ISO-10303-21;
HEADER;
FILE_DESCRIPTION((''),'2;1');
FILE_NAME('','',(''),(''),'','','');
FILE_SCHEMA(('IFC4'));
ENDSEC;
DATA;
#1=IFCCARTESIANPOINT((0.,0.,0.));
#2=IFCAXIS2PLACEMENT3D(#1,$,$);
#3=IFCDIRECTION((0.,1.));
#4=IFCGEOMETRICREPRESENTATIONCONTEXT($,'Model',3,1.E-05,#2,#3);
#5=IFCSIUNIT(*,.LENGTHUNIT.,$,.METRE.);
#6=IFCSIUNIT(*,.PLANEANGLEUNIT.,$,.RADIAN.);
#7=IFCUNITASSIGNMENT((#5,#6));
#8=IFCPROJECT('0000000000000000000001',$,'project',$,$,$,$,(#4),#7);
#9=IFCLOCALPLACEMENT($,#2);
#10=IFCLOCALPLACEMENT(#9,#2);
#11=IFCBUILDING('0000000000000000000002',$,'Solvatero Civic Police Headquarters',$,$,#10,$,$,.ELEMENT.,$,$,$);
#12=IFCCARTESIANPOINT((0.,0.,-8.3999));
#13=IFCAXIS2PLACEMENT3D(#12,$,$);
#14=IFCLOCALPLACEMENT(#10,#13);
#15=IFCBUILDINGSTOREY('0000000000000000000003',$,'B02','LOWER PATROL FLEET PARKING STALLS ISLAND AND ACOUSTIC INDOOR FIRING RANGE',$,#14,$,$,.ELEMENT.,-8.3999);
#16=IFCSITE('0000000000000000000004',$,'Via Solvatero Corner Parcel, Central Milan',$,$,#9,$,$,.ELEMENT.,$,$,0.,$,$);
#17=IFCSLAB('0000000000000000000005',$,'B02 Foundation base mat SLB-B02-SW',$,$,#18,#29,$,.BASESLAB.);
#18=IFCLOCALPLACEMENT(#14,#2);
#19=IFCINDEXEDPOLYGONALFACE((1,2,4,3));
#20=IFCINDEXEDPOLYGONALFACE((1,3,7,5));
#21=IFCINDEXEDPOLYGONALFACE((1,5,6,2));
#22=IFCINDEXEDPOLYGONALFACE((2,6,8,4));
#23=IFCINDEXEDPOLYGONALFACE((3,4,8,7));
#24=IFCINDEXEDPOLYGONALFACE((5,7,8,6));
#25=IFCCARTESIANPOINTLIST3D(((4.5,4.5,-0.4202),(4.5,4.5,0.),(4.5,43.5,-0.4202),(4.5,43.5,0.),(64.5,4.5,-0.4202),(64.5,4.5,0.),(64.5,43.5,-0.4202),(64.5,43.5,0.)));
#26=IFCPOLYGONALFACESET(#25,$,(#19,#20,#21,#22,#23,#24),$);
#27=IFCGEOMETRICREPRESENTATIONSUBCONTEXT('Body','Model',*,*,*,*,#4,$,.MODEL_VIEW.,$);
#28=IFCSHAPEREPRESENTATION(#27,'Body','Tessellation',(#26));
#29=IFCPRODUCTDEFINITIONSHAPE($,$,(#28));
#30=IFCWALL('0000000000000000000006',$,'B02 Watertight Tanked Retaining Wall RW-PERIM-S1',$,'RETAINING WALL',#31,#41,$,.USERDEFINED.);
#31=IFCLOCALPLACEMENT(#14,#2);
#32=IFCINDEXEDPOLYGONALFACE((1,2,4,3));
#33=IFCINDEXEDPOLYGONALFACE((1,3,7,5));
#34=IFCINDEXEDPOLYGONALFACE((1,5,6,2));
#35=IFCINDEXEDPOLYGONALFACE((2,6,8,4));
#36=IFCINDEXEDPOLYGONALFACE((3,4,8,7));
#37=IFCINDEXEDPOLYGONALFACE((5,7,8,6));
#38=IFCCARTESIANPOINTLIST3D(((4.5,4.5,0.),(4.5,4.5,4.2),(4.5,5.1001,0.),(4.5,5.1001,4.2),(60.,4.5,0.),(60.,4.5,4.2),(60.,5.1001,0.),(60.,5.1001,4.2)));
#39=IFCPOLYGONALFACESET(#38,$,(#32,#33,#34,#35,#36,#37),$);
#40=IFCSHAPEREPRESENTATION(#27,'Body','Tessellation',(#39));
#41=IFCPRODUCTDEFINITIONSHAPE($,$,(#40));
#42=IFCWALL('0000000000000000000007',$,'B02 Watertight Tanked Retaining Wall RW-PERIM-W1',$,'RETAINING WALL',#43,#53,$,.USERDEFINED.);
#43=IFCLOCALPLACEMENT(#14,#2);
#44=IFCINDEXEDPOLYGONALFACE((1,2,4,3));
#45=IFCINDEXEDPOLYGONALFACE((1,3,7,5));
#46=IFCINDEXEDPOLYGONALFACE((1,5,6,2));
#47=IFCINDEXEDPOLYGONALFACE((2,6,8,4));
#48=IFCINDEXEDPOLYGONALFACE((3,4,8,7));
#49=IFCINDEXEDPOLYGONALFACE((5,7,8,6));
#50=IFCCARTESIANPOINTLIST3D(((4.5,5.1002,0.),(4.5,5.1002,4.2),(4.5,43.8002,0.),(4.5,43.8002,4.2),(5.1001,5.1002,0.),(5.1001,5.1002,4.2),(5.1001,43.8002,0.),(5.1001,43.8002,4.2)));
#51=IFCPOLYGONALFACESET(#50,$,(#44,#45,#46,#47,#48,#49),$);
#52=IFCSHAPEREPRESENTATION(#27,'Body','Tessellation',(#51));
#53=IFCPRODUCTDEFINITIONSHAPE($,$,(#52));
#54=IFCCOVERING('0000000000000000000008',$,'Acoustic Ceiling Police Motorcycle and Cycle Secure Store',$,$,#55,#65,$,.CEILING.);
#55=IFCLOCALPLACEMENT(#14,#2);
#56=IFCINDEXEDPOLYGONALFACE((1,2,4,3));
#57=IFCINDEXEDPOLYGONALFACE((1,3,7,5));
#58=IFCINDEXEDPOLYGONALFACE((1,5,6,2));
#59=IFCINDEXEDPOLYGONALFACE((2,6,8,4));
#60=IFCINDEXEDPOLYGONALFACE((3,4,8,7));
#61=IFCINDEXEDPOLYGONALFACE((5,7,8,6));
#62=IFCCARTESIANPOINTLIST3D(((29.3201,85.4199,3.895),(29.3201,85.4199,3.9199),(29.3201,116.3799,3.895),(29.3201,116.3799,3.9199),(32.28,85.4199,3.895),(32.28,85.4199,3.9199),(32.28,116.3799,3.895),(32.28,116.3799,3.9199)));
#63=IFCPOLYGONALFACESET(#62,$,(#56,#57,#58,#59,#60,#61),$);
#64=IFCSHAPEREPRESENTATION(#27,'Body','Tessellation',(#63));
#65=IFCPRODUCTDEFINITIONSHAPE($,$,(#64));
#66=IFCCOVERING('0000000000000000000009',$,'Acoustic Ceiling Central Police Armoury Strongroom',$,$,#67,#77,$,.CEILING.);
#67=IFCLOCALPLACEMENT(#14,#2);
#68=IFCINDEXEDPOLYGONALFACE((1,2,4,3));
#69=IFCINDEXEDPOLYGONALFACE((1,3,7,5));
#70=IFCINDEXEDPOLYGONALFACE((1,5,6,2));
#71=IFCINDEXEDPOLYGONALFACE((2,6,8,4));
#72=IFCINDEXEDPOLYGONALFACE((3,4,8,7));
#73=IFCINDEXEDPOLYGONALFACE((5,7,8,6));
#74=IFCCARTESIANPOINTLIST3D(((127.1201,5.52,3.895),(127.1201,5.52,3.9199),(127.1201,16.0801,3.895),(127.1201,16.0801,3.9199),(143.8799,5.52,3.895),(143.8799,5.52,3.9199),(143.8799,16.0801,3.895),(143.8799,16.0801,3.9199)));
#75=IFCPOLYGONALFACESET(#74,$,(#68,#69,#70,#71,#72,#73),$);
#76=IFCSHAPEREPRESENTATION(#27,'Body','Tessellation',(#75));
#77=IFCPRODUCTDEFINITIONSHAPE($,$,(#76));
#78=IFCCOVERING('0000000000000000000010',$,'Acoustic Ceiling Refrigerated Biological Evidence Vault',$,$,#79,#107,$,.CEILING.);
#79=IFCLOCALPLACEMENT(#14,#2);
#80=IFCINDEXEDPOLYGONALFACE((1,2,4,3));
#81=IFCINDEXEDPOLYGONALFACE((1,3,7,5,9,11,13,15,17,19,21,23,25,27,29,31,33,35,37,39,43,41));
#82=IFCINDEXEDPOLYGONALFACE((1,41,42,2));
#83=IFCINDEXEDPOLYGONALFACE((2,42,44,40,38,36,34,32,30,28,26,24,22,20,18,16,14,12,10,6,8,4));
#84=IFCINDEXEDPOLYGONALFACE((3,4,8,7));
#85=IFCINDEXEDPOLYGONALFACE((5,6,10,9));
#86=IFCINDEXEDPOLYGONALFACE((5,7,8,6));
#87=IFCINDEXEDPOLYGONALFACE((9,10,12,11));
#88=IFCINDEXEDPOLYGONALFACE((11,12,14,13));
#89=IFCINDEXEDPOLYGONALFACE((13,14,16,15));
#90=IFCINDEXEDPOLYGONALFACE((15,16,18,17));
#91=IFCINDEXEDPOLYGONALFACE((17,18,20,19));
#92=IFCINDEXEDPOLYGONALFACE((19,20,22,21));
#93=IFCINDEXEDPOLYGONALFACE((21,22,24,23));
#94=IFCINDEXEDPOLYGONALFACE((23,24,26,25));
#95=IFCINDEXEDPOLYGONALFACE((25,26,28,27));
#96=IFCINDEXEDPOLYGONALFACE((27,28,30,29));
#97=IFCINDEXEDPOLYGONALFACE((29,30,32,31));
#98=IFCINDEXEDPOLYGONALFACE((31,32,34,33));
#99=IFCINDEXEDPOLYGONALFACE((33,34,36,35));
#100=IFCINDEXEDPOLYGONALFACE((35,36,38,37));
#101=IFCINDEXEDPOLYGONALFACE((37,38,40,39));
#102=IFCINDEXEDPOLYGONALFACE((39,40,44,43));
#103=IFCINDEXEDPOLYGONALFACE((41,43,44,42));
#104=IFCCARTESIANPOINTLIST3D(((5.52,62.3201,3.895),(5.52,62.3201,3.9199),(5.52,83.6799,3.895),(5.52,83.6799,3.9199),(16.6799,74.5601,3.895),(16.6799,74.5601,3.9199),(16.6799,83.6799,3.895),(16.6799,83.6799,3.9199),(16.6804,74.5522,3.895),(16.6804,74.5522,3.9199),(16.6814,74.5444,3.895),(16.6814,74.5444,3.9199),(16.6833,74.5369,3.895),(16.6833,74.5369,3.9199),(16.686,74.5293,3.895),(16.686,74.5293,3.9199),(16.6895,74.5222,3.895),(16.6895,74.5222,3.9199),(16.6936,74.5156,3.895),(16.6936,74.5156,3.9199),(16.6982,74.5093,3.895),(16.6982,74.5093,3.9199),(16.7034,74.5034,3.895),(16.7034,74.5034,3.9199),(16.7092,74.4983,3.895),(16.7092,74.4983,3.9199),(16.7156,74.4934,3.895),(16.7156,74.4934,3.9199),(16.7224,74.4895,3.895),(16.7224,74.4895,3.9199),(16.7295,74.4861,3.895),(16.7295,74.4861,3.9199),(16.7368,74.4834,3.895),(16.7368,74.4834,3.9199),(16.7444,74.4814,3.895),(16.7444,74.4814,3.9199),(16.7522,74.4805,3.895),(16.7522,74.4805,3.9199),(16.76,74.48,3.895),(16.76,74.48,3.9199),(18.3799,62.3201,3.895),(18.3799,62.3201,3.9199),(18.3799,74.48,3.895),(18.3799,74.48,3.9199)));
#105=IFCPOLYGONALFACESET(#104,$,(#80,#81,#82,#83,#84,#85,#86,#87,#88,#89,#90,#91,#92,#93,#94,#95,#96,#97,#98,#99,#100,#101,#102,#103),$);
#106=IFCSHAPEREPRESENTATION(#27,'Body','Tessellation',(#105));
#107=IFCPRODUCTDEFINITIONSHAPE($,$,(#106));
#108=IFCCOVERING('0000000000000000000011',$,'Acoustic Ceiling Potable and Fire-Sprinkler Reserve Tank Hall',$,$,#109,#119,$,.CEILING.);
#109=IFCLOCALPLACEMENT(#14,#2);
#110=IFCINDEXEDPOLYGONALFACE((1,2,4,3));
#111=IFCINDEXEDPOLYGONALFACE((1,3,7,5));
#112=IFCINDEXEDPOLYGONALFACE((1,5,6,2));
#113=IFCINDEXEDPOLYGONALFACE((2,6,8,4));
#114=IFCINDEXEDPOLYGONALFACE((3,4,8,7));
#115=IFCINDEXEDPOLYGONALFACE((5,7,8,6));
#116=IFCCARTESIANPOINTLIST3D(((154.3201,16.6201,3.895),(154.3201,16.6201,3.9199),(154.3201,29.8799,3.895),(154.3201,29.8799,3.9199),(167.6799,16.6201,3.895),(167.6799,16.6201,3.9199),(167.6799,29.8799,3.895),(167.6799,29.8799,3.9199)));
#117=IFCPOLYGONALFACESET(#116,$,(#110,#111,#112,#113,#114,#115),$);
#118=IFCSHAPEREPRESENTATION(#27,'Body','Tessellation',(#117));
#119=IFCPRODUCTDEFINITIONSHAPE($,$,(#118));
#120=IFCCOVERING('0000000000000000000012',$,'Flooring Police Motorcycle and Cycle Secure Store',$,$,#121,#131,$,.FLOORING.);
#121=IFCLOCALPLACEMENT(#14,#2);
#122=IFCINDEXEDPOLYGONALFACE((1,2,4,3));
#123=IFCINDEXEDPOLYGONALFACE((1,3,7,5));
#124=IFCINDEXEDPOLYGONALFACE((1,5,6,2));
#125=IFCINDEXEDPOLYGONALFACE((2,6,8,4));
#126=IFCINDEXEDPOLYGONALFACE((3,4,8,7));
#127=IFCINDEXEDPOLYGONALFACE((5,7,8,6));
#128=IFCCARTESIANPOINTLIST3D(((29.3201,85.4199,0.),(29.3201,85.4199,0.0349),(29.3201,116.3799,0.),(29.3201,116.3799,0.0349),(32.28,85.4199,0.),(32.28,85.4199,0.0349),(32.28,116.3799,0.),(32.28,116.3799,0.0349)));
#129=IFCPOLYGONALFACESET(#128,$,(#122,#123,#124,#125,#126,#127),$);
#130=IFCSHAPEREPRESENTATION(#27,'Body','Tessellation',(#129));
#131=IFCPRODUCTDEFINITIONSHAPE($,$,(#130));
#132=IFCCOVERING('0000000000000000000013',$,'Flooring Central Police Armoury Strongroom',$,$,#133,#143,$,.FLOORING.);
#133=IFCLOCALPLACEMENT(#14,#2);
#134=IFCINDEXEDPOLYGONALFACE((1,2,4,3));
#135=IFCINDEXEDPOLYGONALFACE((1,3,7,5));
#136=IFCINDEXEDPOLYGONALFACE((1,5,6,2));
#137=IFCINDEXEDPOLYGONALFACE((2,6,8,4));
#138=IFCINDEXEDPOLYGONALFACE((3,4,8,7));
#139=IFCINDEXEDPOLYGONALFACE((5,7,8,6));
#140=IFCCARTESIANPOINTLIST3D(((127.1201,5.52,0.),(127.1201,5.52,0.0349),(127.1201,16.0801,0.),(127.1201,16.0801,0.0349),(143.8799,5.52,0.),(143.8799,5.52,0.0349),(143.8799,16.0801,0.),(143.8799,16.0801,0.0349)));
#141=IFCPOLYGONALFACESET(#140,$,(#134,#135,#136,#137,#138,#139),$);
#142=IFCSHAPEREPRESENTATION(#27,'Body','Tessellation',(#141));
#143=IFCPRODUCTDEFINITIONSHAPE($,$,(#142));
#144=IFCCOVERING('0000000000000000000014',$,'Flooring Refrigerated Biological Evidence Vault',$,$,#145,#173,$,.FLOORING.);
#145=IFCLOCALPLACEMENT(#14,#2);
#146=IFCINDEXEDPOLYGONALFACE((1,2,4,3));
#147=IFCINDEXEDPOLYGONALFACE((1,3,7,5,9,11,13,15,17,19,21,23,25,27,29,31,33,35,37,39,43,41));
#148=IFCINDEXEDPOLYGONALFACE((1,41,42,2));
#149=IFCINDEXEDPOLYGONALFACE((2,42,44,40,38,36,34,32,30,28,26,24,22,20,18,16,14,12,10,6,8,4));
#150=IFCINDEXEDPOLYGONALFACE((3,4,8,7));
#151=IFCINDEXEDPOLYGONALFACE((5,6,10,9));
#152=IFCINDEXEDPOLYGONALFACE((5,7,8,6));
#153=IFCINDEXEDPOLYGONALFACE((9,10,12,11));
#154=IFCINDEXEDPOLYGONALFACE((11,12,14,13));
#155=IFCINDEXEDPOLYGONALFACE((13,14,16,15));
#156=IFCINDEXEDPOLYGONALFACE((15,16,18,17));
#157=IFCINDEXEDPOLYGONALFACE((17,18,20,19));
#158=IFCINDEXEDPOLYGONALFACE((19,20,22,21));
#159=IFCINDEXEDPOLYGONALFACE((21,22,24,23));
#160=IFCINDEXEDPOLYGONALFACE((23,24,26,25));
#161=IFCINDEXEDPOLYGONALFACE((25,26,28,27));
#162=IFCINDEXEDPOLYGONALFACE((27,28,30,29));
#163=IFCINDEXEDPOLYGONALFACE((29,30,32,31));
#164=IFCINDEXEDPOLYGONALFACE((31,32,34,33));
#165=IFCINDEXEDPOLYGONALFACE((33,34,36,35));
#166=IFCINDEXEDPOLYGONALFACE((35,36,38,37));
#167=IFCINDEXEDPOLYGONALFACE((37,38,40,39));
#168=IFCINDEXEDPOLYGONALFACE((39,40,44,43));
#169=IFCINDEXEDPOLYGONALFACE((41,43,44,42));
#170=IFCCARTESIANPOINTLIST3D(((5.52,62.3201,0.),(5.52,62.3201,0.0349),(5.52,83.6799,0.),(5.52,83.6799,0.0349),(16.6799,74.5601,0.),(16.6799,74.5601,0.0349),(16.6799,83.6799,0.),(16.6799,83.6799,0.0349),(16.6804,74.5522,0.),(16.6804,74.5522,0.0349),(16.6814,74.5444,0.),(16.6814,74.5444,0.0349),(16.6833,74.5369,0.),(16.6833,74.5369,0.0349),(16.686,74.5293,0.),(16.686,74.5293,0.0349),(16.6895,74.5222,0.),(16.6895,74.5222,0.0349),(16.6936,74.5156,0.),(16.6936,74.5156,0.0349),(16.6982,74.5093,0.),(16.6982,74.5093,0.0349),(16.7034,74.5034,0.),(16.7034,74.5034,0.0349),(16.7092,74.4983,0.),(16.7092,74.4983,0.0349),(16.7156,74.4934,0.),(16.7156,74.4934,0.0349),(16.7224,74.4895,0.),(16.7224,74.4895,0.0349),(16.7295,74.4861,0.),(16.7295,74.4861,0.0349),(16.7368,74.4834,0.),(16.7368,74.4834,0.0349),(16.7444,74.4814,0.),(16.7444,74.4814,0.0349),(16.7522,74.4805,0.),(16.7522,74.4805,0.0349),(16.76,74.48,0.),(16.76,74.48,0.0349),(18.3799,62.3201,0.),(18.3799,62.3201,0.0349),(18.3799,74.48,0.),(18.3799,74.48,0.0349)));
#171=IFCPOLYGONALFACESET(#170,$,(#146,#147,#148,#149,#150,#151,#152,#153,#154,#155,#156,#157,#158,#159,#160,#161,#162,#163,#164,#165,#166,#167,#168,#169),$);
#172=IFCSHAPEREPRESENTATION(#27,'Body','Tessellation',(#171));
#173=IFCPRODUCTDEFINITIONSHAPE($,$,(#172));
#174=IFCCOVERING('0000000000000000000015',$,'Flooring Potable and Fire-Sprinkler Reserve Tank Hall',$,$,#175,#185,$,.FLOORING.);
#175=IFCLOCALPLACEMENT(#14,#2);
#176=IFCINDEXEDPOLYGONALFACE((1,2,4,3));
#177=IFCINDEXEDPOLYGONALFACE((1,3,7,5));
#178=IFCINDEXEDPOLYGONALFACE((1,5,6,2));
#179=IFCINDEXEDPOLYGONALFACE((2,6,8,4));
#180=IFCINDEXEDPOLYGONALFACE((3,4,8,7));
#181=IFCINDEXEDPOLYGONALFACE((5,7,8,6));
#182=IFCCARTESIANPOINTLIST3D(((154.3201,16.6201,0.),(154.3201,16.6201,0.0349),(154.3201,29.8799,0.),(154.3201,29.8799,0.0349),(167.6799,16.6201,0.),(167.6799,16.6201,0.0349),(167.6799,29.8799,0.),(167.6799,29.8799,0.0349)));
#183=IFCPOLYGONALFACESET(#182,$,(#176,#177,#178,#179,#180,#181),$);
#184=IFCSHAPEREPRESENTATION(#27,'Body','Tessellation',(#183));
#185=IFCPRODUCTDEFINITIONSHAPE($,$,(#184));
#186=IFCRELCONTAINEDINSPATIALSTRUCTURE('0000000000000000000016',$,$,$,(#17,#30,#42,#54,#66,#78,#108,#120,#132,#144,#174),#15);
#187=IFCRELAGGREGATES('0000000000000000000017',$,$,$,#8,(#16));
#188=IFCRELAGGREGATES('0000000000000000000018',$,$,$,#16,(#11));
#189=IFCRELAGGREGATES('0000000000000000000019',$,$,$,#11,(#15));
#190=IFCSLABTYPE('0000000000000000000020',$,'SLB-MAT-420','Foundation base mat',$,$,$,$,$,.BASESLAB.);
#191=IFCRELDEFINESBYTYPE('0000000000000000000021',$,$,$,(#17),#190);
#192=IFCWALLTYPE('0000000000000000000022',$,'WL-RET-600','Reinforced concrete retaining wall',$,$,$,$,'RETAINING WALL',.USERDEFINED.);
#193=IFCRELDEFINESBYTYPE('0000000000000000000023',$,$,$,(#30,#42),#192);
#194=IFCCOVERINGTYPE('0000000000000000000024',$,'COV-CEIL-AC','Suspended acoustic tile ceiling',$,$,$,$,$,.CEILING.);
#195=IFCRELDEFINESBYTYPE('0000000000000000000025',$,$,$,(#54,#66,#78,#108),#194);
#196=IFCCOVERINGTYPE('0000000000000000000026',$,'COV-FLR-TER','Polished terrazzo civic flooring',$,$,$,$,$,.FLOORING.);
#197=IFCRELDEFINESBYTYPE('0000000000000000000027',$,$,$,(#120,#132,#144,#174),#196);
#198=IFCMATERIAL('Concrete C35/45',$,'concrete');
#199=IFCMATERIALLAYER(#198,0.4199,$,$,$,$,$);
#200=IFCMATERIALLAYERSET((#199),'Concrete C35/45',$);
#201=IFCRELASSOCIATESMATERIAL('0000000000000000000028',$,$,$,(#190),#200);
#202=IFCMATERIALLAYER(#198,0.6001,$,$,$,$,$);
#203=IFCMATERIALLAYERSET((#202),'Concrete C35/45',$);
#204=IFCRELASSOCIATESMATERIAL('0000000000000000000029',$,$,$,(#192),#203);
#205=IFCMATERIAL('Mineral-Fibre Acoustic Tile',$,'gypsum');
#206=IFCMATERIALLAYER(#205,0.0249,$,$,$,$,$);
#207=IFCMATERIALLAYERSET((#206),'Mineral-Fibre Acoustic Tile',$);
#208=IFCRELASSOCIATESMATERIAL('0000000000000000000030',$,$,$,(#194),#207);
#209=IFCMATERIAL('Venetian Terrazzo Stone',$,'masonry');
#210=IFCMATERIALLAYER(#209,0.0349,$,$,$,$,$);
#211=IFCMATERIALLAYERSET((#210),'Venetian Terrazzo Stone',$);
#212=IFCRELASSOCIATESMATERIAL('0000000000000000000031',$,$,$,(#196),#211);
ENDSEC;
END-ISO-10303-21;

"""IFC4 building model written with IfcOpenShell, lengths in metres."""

from ifc_helpers import new_model, si_unit, direction, frame, frame_2d, origin, place, context, subcontext, project, spatial, polyline, rectangle, outline, extrude, material, layer, layer_set, type_object, element, save


model = new_model("IFC4")

# Units and contexts
model_context = context("Model", 3, precision=1e-05, world=origin(), true_north=direction((0.0, 1.0)))
body_context = subcontext(model_context, "Body", "Model", "MODEL_VIEW")
ifc_project = project(units=[si_unit("LENGTHUNIT", "METRE"), si_unit("PLANEANGLEUNIT", "RADIAN")], contexts=[model_context])

# Site, building, storey
site_placement = place(None, origin())
site = spatial("IfcSite", under=ifc_project, at=site_placement, Name="Via Solvatero Corner Parcel, Central Milan", CompositionType="ELEMENT", RefElevation=0.0)
building_placement = place(site_placement, origin())
building = spatial("IfcBuilding", under=site, at=building_placement, Name="Solvatero Civic Police Headquarters", CompositionType="ELEMENT")
storey_placement = place(building_placement, frame((0.0, 0.0, -8.3999)))
storey = spatial("IfcBuildingStorey", under=building, at=storey_placement, Name="B02", Description="LOWER PATROL FLEET PARKING STALLS ISLAND AND ACOUSTIC INDOOR FIRING RANGE", CompositionType="ELEMENT", Elevation=-8.3999)

# Shared definitions
ifc_material_1 = material(Name="Concrete C35/45", Category="concrete")

# Slab
ifc_layer_1 = layer(ifc_material_1, 0.4199)
ifc_layer_set_1 = layer_set([ifc_layer_1], Name="Concrete C35/45")
slab_type_1 = type_object("IfcSlabType", Name="SLB-MAT-420", Description="Foundation base mat", PredefinedType="BASESLAB", material=ifc_layer_set_1)
slab_1_placement = place(storey_placement, frame((0.0, 0.0, -0.4202)))
element("IfcSlab", 1, at=slab_1_placement, inside=storey, type_object=slab_type_1, Name="B02 Foundation base mat SLB-B02-SW", PredefinedType="BASESLAB", context=body_context, shape_type="SweptSolid", body=[
    extrude(outline(polyline([(64.5, 4.5), (64.5, 43.5), (4.5, 43.5), (4.5, 4.5), (64.5, 4.5)])), origin(), (0.0, 0.0, 1.0), 0.4202),
])

# Walls
ifc_layer_2 = layer(ifc_material_1, 0.6001)
ifc_layer_set_2 = layer_set([ifc_layer_2], Name="Concrete C35/45")
wall_type = type_object("IfcWallType", Name="WL-RET-600", Description="Reinforced concrete retaining wall", ElementType="RETAINING WALL", PredefinedType="USERDEFINED", material=ifc_layer_set_2)
wall_1_placement = place(storey_placement, frame((4.5, 4.8, 0.0), z_axis=(0.0, 0.0, 1.0), x_axis=(1.0, 0.0, 0.0)))
element("IfcWall", 2, at=wall_1_placement, inside=storey, type_object=wall_type, Name="B02 Watertight Tanked Retaining Wall RW-PERIM-S1", ObjectType="RETAINING WALL", PredefinedType="USERDEFINED", context=body_context, shape_type="SweptSolid", body=[
    extrude(rectangle(XDim=55.5, YDim=0.6001, at=frame_2d((27.75, 0.0))), origin(), (0.0, 0.0, 1.0), 4.2),
])
wall_2_placement = place(storey_placement, frame((4.8, 5.1001, 0.0), z_axis=(0.0, 0.0, 1.0), x_axis=(0.0, 1.0, 0.0)))
element("IfcWall", 3, at=wall_2_placement, inside=storey, type_object=wall_type, Name="B02 Watertight Tanked Retaining Wall RW-PERIM-W1", ObjectType="RETAINING WALL", PredefinedType="USERDEFINED", context=body_context, shape_type="SweptSolid", body=[
    extrude(rectangle(XDim=38.7, YDim=0.6001, at=frame_2d((19.3501, 0.0))), origin(), (0.0, 0.0, 1.0), 4.2),
])

# Coverings
ifc_material_2 = material(Name="Mineral-Fibre Acoustic Tile", Category="gypsum")
ifc_layer_3 = layer(ifc_material_2, 0.0249)
ifc_layer_set_3 = layer_set([ifc_layer_3], Name="Mineral-Fibre Acoustic Tile")
covering_type_1 = type_object("IfcCoveringType", Name="COV-CEIL-AC", Description="Suspended acoustic tile ceiling", PredefinedType="CEILING", material=ifc_layer_set_3)
covering_1_placement = place(storey_placement, frame((0.0, 0.0, 3.895)))
element("IfcCovering", 4, at=covering_1_placement, inside=storey, type_object=covering_type_1, Name="Acoustic Ceiling Police Motorcycle and Cycle Secure Store", PredefinedType="CEILING", context=body_context, shape_type="SweptSolid", body=[
    extrude(outline(polyline([(29.3201, 85.4199), (29.3201, 116.3799), (32.28, 116.3799), (32.28, 85.4199), (29.3201, 85.4199)])), origin(), (0.0, 0.0, 1.0), 0.0249),
])
covering_2_placement = place(storey_placement, frame((0.0, 0.0, 3.895)))
element("IfcCovering", 5, at=covering_2_placement, inside=storey, type_object=covering_type_1, Name="Acoustic Ceiling Central Police Armoury Strongroom", PredefinedType="CEILING", context=body_context, shape_type="SweptSolid", body=[
    extrude(outline(polyline([(127.1201, 5.52), (127.1201, 16.0801), (143.8799, 16.0801), (143.8799, 5.52), (127.1201, 5.52)])), origin(), (0.0, 0.0, 1.0), 0.0249),
])
covering_3_placement = place(storey_placement, frame((0.0, 0.0, 3.895)))
element("IfcCovering", 6, at=covering_3_placement, inside=storey, type_object=covering_type_1, Name="Acoustic Ceiling Refrigerated Biological Evidence Vault", PredefinedType="CEILING", context=body_context, shape_type="SweptSolid", body=[
    extrude(outline(polyline([(18.3799, 62.3201), (5.52, 62.3201), (5.52, 83.6799), (16.6799, 83.6799), (16.6799, 74.5601), (16.6804, 74.5522), (16.6814, 74.5444), (16.6833, 74.5369), (16.686, 74.5293), (16.6895, 74.5222), (16.6936, 74.5156), (16.6982, 74.5093), (16.7034, 74.5034), (16.7092, 74.4983), (16.7156, 74.4934), (16.7224, 74.4895), (16.7295, 74.4861), (16.7368, 74.4834), (16.7444, 74.4814), (16.7522, 74.4805), (16.76, 74.48), (18.3799, 74.48), (18.3799, 62.3201)])), origin(), (0.0, 0.0, 1.0), 0.0249),
])
covering_4_placement = place(storey_placement, frame((0.0, 0.0, 3.895)))
element("IfcCovering", 7, at=covering_4_placement, inside=storey, type_object=covering_type_1, Name="Acoustic Ceiling Potable and Fire-Sprinkler Reserve Tank Hall", PredefinedType="CEILING", context=body_context, shape_type="SweptSolid", body=[
    extrude(outline(polyline([(154.3201, 16.6201), (154.3201, 29.8799), (167.6799, 29.8799), (167.6799, 16.6201), (154.3201, 16.6201)])), origin(), (0.0, 0.0, 1.0), 0.0249),
])
ifc_material_3 = material(Name="Venetian Terrazzo Stone", Category="masonry")
ifc_layer_4 = layer(ifc_material_3, 0.0349)
ifc_layer_set_4 = layer_set([ifc_layer_4], Name="Venetian Terrazzo Stone")
covering_type_2 = type_object("IfcCoveringType", Name="COV-FLR-TER", Description="Polished terrazzo civic flooring", PredefinedType="FLOORING", material=ifc_layer_set_4)
covering_5_placement = place(storey_placement, origin())
element("IfcCovering", 8, at=covering_5_placement, inside=storey, type_object=covering_type_2, Name="Flooring Police Motorcycle and Cycle Secure Store", PredefinedType="FLOORING", context=body_context, shape_type="SweptSolid", body=[
    extrude(outline(polyline([(29.3201, 85.4199), (29.3201, 116.3799), (32.28, 116.3799), (32.28, 85.4199), (29.3201, 85.4199)])), origin(), (0.0, 0.0, 1.0), 0.0349),
])
covering_6_placement = place(storey_placement, origin())
element("IfcCovering", 9, at=covering_6_placement, inside=storey, type_object=covering_type_2, Name="Flooring Central Police Armoury Strongroom", PredefinedType="FLOORING", context=body_context, shape_type="SweptSolid", body=[
    extrude(outline(polyline([(127.1201, 5.52), (127.1201, 16.0801), (143.8799, 16.0801), (143.8799, 5.52), (127.1201, 5.52)])), origin(), (0.0, 0.0, 1.0), 0.0349),
])
covering_7_placement = place(storey_placement, origin())
element("IfcCovering", 10, at=covering_7_placement, inside=storey, type_object=covering_type_2, Name="Flooring Refrigerated Biological Evidence Vault", PredefinedType="FLOORING", context=body_context, shape_type="SweptSolid", body=[
    extrude(outline(polyline([(18.3799, 62.3201), (5.52, 62.3201), (5.52, 83.6799), (16.6799, 83.6799), (16.6799, 74.5601), (16.6804, 74.5522), (16.6814, 74.5444), (16.6833, 74.5369), (16.686, 74.5293), (16.6895, 74.5222), (16.6936, 74.5156), (16.6982, 74.5093), (16.7034, 74.5034), (16.7092, 74.4983), (16.7156, 74.4934), (16.7224, 74.4895), (16.7295, 74.4861), (16.7368, 74.4834), (16.7444, 74.4814), (16.7522, 74.4805), (16.76, 74.48), (18.3799, 74.48), (18.3799, 62.3201)])), origin(), (0.0, 0.0, 1.0), 0.0349),
])
covering_8_placement = place(storey_placement, origin())
element("IfcCovering", 11, at=covering_8_placement, inside=storey, type_object=covering_type_2, Name="Flooring Potable and Fire-Sprinkler Reserve Tank Hall", PredefinedType="FLOORING", context=body_context, shape_type="SweptSolid", body=[
    extrude(outline(polyline([(154.3201, 16.6201), (154.3201, 29.8799), (167.6799, 29.8799), (167.6799, 16.6201), (154.3201, 16.6201)])), origin(), (0.0, 0.0, 1.0), 0.0349),
])

save(model, "model.ifc")
